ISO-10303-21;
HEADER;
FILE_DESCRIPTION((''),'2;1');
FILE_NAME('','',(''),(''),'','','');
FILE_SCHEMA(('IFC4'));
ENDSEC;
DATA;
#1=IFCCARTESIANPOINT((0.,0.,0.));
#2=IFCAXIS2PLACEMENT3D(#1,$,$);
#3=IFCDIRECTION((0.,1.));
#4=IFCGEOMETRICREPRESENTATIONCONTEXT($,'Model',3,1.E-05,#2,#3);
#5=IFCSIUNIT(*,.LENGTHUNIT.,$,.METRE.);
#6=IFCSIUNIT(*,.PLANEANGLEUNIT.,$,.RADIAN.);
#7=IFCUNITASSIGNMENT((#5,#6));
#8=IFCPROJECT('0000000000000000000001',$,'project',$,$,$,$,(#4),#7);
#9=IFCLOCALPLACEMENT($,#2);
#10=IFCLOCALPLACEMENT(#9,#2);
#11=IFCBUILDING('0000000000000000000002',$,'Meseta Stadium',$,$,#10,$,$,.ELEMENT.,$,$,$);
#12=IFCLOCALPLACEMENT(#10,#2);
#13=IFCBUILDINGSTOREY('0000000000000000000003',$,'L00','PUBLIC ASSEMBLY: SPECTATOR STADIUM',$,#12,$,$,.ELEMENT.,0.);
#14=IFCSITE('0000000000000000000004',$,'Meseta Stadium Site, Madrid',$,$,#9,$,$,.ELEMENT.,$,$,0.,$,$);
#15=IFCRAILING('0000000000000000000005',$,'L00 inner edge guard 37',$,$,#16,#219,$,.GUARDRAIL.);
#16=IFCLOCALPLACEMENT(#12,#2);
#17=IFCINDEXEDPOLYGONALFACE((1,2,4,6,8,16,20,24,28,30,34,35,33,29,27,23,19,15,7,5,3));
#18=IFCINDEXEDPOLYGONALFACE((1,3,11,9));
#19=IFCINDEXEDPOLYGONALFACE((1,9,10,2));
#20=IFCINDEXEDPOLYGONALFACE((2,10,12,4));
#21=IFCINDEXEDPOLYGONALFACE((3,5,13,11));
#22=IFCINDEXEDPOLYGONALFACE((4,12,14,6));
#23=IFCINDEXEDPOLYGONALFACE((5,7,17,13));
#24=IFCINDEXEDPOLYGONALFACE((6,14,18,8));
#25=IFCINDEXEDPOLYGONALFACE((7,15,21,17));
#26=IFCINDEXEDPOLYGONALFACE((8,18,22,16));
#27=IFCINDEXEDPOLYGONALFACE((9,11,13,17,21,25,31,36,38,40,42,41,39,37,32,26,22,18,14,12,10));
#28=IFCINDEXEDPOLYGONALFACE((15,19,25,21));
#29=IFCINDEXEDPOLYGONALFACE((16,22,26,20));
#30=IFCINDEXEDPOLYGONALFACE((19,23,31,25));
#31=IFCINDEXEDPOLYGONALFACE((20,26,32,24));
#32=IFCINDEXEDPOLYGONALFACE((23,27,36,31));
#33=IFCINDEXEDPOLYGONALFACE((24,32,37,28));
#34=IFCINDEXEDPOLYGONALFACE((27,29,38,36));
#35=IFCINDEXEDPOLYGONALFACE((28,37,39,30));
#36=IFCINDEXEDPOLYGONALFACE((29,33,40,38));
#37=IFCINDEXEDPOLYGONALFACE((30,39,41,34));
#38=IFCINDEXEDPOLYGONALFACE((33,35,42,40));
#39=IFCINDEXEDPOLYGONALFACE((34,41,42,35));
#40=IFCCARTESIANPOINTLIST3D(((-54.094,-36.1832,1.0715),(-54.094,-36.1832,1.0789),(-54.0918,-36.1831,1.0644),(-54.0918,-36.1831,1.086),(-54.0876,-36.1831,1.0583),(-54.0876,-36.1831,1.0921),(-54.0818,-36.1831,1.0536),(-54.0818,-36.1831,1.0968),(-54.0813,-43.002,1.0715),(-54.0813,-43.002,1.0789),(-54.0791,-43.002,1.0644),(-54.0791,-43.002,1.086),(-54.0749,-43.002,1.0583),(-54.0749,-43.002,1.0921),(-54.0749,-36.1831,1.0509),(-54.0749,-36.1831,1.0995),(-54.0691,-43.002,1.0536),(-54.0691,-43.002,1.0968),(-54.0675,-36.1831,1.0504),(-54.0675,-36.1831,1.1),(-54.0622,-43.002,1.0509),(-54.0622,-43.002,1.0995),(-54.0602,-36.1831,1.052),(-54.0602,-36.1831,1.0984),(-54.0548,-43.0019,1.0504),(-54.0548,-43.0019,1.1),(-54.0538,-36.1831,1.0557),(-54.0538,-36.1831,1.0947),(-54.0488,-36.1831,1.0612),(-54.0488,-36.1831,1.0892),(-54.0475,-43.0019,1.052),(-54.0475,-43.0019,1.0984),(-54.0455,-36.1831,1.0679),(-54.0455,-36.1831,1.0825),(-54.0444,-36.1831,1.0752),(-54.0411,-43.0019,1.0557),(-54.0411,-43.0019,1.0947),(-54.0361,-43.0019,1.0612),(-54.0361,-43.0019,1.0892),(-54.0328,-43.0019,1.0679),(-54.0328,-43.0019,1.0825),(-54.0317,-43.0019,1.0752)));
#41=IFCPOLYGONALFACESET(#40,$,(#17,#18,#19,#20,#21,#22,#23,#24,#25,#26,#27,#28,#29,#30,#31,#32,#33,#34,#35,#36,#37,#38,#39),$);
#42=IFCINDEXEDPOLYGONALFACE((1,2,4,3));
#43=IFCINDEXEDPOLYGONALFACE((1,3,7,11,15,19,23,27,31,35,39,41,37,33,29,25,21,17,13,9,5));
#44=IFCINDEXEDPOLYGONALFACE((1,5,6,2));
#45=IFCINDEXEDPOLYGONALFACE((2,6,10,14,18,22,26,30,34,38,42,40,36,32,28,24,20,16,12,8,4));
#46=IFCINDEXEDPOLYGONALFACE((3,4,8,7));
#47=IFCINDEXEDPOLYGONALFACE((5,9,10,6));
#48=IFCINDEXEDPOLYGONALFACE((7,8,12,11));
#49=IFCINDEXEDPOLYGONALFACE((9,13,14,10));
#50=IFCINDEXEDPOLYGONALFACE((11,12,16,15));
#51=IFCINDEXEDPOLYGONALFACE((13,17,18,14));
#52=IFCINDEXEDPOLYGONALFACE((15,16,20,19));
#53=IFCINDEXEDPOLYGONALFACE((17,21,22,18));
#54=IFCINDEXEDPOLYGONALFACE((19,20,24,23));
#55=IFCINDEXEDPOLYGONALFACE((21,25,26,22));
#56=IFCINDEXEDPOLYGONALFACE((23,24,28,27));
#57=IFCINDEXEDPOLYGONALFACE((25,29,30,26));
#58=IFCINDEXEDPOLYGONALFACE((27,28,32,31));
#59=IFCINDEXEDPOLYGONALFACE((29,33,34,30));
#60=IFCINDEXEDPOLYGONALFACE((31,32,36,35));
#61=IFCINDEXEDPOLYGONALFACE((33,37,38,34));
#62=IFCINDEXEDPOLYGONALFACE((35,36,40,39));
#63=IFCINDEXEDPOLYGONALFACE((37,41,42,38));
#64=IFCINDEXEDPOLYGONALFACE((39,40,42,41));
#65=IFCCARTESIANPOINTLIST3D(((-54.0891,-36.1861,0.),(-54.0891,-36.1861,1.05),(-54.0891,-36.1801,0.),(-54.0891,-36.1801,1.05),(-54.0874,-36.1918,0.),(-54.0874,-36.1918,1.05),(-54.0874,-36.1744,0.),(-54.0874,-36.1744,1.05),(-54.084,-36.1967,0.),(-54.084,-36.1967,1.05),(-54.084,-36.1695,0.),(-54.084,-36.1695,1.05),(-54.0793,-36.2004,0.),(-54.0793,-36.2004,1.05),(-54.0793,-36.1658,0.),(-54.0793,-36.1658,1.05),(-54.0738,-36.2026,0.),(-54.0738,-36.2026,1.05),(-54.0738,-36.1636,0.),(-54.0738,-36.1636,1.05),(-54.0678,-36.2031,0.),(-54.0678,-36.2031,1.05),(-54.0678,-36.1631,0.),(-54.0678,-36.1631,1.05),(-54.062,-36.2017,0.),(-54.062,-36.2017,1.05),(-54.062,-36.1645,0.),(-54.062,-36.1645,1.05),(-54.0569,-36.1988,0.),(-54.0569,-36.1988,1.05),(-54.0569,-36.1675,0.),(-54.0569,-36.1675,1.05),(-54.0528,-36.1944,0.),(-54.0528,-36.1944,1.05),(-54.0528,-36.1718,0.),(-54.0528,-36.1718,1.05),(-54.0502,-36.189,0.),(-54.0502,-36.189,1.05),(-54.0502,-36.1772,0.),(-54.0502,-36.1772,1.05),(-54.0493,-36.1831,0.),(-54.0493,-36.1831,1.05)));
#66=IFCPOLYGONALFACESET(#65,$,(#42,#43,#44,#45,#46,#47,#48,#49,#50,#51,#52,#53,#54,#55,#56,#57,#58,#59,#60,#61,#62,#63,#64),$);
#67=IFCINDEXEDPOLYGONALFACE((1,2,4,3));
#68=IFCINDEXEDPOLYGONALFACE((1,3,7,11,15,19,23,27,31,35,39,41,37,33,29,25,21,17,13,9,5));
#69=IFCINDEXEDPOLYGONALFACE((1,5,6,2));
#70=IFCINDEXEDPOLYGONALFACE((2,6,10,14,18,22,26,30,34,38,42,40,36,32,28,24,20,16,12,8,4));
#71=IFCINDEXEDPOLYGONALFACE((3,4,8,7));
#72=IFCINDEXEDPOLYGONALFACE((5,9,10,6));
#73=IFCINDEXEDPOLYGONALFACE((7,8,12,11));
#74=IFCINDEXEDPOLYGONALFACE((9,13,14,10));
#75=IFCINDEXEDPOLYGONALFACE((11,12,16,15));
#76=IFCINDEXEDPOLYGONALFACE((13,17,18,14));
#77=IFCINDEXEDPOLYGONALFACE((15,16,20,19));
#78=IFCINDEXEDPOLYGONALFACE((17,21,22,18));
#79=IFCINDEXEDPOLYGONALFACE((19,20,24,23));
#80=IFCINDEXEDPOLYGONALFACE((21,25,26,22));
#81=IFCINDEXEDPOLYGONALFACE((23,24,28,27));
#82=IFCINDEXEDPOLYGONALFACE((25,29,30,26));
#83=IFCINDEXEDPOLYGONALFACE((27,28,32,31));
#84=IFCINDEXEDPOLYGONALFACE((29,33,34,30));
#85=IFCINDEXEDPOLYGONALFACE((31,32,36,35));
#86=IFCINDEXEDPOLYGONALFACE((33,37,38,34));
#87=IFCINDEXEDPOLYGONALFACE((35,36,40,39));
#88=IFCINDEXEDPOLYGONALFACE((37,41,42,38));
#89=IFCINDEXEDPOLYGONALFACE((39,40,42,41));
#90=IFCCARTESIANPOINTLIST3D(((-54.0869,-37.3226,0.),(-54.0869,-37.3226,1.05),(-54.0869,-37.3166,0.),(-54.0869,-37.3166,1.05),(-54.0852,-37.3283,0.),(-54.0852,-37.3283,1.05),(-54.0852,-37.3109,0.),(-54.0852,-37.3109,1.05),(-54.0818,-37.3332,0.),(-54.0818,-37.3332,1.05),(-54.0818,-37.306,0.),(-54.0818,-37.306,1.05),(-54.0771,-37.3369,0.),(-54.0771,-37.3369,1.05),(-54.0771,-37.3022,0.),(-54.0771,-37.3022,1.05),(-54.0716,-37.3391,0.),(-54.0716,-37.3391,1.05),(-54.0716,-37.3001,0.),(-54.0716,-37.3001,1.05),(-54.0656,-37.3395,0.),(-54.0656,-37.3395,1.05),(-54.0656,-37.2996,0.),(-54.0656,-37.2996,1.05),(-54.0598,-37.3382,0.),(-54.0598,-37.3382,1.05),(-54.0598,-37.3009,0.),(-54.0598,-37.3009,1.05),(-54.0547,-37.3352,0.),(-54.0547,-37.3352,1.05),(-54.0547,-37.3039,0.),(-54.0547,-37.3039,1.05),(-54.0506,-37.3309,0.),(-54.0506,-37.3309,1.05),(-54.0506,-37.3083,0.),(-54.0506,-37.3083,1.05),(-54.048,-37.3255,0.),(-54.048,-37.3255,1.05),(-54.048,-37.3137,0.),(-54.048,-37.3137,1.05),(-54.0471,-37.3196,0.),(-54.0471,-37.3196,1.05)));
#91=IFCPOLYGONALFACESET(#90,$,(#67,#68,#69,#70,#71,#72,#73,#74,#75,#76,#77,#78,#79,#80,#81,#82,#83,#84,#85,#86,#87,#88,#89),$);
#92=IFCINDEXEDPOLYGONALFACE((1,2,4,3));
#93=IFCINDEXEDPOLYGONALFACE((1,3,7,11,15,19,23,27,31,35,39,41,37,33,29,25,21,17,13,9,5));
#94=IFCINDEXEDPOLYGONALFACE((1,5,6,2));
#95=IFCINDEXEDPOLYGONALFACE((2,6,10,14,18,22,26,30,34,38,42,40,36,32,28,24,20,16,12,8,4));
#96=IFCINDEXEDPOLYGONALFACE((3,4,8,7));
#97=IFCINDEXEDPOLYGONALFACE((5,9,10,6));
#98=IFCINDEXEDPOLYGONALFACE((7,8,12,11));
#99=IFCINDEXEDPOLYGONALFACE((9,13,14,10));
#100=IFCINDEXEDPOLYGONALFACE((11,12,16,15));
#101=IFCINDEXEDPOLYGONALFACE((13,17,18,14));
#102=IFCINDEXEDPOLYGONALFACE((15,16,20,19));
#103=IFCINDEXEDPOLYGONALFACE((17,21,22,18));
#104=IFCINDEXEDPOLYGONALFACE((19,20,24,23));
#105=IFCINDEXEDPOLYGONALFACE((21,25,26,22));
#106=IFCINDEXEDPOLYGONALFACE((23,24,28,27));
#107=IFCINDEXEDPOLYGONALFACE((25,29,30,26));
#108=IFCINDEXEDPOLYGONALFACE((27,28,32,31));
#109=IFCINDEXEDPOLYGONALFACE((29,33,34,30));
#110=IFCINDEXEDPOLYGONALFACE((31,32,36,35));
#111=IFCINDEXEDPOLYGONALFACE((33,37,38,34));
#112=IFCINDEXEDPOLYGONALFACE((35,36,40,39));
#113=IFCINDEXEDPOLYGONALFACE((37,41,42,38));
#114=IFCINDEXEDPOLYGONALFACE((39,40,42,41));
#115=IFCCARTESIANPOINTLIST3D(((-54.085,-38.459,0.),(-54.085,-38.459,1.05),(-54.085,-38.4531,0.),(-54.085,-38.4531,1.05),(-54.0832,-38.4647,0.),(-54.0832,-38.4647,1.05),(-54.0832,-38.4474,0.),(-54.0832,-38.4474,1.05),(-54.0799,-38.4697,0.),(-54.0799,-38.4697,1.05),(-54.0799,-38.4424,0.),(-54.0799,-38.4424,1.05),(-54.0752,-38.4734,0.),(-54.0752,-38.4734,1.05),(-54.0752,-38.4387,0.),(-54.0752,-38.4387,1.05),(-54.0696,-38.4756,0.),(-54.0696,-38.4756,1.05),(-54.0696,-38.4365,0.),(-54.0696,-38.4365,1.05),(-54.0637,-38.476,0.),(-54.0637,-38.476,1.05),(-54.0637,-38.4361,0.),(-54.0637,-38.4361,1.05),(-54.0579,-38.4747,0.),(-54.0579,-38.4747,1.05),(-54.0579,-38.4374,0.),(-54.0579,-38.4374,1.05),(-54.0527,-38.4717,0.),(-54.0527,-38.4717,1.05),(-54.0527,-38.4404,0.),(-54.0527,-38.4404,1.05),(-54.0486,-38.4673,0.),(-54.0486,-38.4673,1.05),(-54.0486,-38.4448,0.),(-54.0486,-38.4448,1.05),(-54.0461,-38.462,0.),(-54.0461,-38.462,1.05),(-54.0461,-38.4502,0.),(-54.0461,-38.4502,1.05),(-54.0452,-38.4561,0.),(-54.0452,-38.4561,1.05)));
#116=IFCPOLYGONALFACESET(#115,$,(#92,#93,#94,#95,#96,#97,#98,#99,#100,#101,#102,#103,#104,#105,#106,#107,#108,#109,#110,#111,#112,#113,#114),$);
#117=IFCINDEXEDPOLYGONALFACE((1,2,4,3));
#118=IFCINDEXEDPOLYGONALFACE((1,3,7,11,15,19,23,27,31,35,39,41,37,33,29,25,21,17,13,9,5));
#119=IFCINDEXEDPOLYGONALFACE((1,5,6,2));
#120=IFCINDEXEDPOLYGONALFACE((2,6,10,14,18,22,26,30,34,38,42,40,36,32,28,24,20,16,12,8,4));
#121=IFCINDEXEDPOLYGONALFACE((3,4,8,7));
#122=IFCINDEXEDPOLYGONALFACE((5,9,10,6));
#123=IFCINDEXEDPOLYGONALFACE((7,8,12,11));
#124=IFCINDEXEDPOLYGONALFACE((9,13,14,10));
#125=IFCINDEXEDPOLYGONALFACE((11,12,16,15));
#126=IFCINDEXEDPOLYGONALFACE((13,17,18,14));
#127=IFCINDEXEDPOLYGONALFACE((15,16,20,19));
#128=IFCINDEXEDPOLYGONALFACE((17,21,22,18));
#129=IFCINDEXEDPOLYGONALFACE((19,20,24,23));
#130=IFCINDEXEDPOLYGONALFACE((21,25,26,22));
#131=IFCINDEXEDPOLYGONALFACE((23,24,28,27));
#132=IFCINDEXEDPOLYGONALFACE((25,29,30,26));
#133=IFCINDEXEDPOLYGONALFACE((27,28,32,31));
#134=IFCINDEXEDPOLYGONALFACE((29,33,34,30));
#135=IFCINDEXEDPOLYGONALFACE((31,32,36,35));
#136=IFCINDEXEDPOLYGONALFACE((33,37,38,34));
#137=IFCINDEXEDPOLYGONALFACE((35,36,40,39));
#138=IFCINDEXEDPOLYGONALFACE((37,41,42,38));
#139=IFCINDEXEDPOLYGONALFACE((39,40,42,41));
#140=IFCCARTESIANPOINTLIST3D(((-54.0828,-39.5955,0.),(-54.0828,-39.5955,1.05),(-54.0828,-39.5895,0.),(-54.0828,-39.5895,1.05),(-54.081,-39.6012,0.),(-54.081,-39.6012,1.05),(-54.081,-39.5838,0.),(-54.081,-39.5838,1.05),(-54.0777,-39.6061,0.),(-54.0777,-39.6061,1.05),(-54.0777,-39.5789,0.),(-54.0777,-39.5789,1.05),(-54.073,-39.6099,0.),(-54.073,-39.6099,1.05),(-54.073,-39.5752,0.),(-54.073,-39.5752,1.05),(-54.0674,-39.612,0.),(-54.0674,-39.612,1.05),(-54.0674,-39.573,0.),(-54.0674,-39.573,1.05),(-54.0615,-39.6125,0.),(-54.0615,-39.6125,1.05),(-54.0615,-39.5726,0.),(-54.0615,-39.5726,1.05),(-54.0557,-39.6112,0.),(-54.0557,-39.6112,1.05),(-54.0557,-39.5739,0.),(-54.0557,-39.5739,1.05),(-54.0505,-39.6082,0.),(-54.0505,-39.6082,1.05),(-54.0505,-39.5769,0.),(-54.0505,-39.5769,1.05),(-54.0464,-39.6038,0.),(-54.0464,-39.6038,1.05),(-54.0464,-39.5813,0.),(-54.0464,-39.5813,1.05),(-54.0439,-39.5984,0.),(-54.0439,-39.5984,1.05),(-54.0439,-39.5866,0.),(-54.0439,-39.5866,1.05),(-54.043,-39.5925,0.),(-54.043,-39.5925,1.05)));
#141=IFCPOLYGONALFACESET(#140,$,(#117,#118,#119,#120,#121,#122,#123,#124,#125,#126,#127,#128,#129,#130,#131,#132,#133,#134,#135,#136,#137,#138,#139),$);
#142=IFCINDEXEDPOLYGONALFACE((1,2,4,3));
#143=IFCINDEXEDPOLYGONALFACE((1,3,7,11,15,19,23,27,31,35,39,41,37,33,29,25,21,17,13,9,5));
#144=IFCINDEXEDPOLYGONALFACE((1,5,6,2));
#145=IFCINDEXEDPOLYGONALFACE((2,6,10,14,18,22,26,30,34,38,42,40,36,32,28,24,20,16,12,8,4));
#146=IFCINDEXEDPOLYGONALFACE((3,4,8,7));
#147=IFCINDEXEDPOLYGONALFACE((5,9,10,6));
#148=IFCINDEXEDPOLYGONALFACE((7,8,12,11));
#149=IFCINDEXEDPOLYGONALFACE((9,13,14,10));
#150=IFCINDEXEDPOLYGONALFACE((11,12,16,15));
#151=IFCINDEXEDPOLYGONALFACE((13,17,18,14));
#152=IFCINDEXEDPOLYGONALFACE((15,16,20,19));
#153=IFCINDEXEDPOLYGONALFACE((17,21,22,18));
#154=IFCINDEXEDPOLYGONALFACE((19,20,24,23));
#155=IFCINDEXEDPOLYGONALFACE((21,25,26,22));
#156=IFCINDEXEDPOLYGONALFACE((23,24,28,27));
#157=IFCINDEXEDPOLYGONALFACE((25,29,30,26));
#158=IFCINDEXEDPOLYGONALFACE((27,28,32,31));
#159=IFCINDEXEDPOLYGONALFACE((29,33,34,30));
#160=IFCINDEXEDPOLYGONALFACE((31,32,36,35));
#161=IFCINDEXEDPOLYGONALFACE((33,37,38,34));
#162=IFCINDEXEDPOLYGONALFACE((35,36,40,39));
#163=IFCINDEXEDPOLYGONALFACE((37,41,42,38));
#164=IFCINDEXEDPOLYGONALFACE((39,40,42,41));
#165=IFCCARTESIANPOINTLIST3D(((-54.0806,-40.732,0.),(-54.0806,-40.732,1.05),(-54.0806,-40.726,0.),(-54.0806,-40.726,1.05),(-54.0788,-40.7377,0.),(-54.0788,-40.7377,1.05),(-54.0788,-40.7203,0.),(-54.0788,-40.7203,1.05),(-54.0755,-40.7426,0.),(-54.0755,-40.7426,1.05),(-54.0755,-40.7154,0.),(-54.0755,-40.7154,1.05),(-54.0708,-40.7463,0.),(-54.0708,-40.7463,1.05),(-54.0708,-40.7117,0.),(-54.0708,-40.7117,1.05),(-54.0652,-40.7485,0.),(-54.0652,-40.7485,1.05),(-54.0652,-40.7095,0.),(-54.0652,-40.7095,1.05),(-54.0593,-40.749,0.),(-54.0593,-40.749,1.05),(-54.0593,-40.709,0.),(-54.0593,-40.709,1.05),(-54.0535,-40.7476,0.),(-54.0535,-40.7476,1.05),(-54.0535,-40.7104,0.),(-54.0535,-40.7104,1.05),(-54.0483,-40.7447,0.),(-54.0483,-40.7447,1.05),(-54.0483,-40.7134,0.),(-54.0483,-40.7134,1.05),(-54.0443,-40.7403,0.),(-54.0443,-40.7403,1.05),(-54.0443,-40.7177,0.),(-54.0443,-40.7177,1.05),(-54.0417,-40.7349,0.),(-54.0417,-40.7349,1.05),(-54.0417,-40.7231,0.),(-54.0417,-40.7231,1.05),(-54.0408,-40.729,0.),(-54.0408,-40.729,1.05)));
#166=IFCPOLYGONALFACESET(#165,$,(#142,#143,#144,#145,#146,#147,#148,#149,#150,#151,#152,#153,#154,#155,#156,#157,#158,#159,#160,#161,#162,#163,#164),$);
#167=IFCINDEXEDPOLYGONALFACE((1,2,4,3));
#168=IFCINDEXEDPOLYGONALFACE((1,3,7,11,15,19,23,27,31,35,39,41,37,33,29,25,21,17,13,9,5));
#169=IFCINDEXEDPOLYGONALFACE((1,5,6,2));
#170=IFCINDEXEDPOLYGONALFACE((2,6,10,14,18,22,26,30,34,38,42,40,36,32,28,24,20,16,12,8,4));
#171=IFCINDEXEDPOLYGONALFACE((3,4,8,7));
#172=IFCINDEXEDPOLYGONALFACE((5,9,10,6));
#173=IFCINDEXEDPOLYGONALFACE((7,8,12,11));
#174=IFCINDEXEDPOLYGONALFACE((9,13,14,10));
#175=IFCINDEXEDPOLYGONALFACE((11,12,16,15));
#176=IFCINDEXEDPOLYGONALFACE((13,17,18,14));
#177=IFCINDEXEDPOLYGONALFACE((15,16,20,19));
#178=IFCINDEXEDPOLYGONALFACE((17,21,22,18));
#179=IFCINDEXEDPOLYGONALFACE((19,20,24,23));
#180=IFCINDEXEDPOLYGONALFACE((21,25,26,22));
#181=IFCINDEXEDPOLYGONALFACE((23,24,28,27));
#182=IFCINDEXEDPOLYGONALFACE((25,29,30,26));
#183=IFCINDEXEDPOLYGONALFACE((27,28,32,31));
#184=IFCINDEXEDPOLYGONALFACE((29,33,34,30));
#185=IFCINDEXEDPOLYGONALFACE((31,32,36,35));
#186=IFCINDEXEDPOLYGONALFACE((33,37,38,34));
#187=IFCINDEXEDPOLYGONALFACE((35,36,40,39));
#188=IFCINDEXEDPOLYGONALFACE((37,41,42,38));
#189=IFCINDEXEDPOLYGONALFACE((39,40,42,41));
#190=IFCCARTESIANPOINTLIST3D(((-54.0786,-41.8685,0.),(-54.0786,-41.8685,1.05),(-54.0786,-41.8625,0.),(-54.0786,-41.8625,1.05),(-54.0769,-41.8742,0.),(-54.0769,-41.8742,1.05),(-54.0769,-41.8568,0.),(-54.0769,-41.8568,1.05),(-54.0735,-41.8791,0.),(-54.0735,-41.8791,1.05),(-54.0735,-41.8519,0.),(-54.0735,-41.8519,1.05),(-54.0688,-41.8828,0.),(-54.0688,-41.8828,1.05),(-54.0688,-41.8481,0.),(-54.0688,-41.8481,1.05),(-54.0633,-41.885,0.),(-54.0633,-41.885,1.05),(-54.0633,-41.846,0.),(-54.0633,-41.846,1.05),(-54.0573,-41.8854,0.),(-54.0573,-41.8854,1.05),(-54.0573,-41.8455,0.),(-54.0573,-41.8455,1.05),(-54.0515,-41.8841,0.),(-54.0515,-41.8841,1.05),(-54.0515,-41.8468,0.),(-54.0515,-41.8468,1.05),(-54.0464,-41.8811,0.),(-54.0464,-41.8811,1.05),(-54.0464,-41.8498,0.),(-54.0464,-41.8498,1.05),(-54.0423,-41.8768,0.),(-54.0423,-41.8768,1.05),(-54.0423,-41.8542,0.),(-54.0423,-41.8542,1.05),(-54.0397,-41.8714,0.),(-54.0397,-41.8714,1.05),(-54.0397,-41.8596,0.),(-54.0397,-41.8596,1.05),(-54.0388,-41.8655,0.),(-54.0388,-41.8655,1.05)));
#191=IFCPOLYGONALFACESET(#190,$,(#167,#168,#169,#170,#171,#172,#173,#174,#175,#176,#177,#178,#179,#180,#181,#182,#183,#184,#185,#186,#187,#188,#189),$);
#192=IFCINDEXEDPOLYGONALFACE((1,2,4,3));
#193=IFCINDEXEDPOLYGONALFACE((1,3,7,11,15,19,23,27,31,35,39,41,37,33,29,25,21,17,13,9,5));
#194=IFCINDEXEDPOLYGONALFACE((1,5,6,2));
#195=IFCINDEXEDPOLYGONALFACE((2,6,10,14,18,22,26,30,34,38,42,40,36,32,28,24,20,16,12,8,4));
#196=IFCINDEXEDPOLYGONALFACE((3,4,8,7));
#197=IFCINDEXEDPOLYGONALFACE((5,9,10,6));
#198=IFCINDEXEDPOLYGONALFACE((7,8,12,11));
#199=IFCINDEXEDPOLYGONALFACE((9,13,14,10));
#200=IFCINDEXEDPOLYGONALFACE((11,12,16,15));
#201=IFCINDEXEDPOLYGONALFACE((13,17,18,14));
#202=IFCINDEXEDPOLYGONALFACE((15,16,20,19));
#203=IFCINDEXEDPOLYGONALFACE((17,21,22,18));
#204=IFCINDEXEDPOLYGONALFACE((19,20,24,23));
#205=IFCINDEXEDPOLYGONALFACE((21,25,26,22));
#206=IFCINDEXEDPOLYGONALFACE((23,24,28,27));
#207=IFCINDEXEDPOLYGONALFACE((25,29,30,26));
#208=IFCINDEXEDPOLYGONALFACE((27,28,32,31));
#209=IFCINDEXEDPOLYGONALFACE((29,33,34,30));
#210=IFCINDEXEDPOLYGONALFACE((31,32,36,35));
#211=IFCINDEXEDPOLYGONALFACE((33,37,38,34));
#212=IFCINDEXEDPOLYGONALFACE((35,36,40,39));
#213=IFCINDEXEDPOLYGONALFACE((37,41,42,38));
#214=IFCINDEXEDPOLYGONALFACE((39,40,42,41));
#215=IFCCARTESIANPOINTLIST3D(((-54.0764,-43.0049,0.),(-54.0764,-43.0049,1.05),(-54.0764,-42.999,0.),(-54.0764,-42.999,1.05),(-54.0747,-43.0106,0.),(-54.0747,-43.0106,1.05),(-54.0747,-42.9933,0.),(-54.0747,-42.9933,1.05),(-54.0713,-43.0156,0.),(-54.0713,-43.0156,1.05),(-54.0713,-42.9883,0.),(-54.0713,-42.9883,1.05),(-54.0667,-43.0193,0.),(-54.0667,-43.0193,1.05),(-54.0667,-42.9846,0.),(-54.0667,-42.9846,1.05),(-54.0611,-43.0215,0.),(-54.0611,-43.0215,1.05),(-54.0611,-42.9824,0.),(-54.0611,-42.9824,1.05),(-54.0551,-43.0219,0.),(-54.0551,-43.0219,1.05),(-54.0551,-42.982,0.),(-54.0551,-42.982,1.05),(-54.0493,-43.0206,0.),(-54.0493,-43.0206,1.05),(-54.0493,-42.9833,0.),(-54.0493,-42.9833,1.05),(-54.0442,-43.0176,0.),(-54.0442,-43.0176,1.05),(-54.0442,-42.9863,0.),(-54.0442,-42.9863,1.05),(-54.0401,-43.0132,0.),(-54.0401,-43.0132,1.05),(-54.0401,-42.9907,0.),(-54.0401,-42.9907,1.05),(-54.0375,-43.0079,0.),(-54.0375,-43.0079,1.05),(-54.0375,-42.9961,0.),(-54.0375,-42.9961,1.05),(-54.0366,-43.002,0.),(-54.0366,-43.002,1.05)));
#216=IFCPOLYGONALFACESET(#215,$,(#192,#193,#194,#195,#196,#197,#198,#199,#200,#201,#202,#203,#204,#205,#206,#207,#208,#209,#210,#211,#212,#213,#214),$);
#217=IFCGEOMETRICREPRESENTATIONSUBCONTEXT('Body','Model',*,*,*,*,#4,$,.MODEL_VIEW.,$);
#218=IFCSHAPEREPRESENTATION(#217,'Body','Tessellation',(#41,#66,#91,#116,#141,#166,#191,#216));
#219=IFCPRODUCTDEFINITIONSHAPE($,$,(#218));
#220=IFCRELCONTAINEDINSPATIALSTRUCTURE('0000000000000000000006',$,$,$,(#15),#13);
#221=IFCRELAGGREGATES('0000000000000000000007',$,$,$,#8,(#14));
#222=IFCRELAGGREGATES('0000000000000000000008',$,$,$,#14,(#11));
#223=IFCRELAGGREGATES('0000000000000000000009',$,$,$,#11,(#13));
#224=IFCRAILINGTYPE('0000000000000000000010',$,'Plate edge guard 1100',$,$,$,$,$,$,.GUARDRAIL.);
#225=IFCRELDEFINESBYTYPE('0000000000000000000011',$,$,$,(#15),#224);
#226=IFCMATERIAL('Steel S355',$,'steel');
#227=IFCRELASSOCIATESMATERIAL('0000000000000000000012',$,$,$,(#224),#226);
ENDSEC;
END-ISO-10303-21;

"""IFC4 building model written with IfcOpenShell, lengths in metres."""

from ifc_helpers import new_model, si_unit, direction, frame, origin, origin_2d, place, context, subcontext, project, spatial, circle, extrude, material, type_object, element, save


model = new_model("IFC4")

# Units and contexts
model_context = context("Model", 3, precision=1e-05, world=origin(), true_north=direction((0.0, 1.0)))
body_context = subcontext(model_context, "Body", "Model", "MODEL_VIEW")
ifc_project = project(units=[si_unit("LENGTHUNIT", "METRE"), si_unit("PLANEANGLEUNIT", "RADIAN")], contexts=[model_context])

# Site, building, storey
site_placement = place(None, origin())
site = spatial("IfcSite", under=ifc_project, at=site_placement, Name="Meseta Stadium Site, Madrid", CompositionType="ELEMENT", RefElevation=0.0)
building_placement = place(site_placement, origin())
building = spatial("IfcBuilding", under=site, at=building_placement, Name="Meseta Stadium", CompositionType="ELEMENT")
storey_placement = place(building_placement, origin())
storey = spatial("IfcBuildingStorey", under=building, at=storey_placement, Name="L00", Description="PUBLIC ASSEMBLY: SPECTATOR STADIUM", CompositionType="ELEMENT", Elevation=0.0)

# Railing
ifc_material_1 = material(Name="Steel S355", Category="steel")
railing_type_1 = type_object("IfcRailingType", Name="Plate edge guard 1100", PredefinedType="GUARDRAIL", material=ifc_material_1)
railing_1_placement = place(storey_placement, frame((-54.0693, -36.1831, 0.0)))
element("IfcRailing", 1, at=railing_1_placement, inside=storey, type_object=railing_type_1, Name="L00 inner edge guard 37", PredefinedType="GUARDRAIL", context=body_context, shape_type="SweptSolid", body=[
    extrude(circle(Radius=0.0249, at=origin_2d()), frame((0.0, 0.0, 1.0752), z_axis=(0.001862, -0.999998, 0.0), x_axis=(0.999998, 0.001862, 0.0)), (0.0, 0.0, 1.0), 6.8188),
    extrude(circle(Radius=0.02, at=origin_2d()), origin(), (0.0, 0.0, 1.0), 1.05),
    extrude(circle(Radius=0.02, at=origin_2d()), frame((0.0022, -1.1365, 0.0)), (0.0, 0.0, 1.0), 1.05),
    extrude(circle(Radius=0.02, at=origin_2d()), frame((0.0042, -2.2729, 0.0)), (0.0, 0.0, 1.0), 1.05),
    extrude(circle(Radius=0.02, at=origin_2d()), frame((0.0063, -3.4094, 0.0)), (0.0, 0.0, 1.0), 1.05),
    extrude(circle(Radius=0.02, at=origin_2d()), frame((0.0085, -4.5459, 0.0)), (0.0, 0.0, 1.0), 1.05),
    extrude(circle(Radius=0.02, at=origin_2d()), frame((0.0105, -5.6824, 0.0)), (0.0, 0.0, 1.0), 1.05),
    extrude(circle(Radius=0.02, at=origin_2d()), frame((0.0127, -6.8188, 0.0)), (0.0, 0.0, 1.0), 1.05),
])

save(model, "model.ifc")
